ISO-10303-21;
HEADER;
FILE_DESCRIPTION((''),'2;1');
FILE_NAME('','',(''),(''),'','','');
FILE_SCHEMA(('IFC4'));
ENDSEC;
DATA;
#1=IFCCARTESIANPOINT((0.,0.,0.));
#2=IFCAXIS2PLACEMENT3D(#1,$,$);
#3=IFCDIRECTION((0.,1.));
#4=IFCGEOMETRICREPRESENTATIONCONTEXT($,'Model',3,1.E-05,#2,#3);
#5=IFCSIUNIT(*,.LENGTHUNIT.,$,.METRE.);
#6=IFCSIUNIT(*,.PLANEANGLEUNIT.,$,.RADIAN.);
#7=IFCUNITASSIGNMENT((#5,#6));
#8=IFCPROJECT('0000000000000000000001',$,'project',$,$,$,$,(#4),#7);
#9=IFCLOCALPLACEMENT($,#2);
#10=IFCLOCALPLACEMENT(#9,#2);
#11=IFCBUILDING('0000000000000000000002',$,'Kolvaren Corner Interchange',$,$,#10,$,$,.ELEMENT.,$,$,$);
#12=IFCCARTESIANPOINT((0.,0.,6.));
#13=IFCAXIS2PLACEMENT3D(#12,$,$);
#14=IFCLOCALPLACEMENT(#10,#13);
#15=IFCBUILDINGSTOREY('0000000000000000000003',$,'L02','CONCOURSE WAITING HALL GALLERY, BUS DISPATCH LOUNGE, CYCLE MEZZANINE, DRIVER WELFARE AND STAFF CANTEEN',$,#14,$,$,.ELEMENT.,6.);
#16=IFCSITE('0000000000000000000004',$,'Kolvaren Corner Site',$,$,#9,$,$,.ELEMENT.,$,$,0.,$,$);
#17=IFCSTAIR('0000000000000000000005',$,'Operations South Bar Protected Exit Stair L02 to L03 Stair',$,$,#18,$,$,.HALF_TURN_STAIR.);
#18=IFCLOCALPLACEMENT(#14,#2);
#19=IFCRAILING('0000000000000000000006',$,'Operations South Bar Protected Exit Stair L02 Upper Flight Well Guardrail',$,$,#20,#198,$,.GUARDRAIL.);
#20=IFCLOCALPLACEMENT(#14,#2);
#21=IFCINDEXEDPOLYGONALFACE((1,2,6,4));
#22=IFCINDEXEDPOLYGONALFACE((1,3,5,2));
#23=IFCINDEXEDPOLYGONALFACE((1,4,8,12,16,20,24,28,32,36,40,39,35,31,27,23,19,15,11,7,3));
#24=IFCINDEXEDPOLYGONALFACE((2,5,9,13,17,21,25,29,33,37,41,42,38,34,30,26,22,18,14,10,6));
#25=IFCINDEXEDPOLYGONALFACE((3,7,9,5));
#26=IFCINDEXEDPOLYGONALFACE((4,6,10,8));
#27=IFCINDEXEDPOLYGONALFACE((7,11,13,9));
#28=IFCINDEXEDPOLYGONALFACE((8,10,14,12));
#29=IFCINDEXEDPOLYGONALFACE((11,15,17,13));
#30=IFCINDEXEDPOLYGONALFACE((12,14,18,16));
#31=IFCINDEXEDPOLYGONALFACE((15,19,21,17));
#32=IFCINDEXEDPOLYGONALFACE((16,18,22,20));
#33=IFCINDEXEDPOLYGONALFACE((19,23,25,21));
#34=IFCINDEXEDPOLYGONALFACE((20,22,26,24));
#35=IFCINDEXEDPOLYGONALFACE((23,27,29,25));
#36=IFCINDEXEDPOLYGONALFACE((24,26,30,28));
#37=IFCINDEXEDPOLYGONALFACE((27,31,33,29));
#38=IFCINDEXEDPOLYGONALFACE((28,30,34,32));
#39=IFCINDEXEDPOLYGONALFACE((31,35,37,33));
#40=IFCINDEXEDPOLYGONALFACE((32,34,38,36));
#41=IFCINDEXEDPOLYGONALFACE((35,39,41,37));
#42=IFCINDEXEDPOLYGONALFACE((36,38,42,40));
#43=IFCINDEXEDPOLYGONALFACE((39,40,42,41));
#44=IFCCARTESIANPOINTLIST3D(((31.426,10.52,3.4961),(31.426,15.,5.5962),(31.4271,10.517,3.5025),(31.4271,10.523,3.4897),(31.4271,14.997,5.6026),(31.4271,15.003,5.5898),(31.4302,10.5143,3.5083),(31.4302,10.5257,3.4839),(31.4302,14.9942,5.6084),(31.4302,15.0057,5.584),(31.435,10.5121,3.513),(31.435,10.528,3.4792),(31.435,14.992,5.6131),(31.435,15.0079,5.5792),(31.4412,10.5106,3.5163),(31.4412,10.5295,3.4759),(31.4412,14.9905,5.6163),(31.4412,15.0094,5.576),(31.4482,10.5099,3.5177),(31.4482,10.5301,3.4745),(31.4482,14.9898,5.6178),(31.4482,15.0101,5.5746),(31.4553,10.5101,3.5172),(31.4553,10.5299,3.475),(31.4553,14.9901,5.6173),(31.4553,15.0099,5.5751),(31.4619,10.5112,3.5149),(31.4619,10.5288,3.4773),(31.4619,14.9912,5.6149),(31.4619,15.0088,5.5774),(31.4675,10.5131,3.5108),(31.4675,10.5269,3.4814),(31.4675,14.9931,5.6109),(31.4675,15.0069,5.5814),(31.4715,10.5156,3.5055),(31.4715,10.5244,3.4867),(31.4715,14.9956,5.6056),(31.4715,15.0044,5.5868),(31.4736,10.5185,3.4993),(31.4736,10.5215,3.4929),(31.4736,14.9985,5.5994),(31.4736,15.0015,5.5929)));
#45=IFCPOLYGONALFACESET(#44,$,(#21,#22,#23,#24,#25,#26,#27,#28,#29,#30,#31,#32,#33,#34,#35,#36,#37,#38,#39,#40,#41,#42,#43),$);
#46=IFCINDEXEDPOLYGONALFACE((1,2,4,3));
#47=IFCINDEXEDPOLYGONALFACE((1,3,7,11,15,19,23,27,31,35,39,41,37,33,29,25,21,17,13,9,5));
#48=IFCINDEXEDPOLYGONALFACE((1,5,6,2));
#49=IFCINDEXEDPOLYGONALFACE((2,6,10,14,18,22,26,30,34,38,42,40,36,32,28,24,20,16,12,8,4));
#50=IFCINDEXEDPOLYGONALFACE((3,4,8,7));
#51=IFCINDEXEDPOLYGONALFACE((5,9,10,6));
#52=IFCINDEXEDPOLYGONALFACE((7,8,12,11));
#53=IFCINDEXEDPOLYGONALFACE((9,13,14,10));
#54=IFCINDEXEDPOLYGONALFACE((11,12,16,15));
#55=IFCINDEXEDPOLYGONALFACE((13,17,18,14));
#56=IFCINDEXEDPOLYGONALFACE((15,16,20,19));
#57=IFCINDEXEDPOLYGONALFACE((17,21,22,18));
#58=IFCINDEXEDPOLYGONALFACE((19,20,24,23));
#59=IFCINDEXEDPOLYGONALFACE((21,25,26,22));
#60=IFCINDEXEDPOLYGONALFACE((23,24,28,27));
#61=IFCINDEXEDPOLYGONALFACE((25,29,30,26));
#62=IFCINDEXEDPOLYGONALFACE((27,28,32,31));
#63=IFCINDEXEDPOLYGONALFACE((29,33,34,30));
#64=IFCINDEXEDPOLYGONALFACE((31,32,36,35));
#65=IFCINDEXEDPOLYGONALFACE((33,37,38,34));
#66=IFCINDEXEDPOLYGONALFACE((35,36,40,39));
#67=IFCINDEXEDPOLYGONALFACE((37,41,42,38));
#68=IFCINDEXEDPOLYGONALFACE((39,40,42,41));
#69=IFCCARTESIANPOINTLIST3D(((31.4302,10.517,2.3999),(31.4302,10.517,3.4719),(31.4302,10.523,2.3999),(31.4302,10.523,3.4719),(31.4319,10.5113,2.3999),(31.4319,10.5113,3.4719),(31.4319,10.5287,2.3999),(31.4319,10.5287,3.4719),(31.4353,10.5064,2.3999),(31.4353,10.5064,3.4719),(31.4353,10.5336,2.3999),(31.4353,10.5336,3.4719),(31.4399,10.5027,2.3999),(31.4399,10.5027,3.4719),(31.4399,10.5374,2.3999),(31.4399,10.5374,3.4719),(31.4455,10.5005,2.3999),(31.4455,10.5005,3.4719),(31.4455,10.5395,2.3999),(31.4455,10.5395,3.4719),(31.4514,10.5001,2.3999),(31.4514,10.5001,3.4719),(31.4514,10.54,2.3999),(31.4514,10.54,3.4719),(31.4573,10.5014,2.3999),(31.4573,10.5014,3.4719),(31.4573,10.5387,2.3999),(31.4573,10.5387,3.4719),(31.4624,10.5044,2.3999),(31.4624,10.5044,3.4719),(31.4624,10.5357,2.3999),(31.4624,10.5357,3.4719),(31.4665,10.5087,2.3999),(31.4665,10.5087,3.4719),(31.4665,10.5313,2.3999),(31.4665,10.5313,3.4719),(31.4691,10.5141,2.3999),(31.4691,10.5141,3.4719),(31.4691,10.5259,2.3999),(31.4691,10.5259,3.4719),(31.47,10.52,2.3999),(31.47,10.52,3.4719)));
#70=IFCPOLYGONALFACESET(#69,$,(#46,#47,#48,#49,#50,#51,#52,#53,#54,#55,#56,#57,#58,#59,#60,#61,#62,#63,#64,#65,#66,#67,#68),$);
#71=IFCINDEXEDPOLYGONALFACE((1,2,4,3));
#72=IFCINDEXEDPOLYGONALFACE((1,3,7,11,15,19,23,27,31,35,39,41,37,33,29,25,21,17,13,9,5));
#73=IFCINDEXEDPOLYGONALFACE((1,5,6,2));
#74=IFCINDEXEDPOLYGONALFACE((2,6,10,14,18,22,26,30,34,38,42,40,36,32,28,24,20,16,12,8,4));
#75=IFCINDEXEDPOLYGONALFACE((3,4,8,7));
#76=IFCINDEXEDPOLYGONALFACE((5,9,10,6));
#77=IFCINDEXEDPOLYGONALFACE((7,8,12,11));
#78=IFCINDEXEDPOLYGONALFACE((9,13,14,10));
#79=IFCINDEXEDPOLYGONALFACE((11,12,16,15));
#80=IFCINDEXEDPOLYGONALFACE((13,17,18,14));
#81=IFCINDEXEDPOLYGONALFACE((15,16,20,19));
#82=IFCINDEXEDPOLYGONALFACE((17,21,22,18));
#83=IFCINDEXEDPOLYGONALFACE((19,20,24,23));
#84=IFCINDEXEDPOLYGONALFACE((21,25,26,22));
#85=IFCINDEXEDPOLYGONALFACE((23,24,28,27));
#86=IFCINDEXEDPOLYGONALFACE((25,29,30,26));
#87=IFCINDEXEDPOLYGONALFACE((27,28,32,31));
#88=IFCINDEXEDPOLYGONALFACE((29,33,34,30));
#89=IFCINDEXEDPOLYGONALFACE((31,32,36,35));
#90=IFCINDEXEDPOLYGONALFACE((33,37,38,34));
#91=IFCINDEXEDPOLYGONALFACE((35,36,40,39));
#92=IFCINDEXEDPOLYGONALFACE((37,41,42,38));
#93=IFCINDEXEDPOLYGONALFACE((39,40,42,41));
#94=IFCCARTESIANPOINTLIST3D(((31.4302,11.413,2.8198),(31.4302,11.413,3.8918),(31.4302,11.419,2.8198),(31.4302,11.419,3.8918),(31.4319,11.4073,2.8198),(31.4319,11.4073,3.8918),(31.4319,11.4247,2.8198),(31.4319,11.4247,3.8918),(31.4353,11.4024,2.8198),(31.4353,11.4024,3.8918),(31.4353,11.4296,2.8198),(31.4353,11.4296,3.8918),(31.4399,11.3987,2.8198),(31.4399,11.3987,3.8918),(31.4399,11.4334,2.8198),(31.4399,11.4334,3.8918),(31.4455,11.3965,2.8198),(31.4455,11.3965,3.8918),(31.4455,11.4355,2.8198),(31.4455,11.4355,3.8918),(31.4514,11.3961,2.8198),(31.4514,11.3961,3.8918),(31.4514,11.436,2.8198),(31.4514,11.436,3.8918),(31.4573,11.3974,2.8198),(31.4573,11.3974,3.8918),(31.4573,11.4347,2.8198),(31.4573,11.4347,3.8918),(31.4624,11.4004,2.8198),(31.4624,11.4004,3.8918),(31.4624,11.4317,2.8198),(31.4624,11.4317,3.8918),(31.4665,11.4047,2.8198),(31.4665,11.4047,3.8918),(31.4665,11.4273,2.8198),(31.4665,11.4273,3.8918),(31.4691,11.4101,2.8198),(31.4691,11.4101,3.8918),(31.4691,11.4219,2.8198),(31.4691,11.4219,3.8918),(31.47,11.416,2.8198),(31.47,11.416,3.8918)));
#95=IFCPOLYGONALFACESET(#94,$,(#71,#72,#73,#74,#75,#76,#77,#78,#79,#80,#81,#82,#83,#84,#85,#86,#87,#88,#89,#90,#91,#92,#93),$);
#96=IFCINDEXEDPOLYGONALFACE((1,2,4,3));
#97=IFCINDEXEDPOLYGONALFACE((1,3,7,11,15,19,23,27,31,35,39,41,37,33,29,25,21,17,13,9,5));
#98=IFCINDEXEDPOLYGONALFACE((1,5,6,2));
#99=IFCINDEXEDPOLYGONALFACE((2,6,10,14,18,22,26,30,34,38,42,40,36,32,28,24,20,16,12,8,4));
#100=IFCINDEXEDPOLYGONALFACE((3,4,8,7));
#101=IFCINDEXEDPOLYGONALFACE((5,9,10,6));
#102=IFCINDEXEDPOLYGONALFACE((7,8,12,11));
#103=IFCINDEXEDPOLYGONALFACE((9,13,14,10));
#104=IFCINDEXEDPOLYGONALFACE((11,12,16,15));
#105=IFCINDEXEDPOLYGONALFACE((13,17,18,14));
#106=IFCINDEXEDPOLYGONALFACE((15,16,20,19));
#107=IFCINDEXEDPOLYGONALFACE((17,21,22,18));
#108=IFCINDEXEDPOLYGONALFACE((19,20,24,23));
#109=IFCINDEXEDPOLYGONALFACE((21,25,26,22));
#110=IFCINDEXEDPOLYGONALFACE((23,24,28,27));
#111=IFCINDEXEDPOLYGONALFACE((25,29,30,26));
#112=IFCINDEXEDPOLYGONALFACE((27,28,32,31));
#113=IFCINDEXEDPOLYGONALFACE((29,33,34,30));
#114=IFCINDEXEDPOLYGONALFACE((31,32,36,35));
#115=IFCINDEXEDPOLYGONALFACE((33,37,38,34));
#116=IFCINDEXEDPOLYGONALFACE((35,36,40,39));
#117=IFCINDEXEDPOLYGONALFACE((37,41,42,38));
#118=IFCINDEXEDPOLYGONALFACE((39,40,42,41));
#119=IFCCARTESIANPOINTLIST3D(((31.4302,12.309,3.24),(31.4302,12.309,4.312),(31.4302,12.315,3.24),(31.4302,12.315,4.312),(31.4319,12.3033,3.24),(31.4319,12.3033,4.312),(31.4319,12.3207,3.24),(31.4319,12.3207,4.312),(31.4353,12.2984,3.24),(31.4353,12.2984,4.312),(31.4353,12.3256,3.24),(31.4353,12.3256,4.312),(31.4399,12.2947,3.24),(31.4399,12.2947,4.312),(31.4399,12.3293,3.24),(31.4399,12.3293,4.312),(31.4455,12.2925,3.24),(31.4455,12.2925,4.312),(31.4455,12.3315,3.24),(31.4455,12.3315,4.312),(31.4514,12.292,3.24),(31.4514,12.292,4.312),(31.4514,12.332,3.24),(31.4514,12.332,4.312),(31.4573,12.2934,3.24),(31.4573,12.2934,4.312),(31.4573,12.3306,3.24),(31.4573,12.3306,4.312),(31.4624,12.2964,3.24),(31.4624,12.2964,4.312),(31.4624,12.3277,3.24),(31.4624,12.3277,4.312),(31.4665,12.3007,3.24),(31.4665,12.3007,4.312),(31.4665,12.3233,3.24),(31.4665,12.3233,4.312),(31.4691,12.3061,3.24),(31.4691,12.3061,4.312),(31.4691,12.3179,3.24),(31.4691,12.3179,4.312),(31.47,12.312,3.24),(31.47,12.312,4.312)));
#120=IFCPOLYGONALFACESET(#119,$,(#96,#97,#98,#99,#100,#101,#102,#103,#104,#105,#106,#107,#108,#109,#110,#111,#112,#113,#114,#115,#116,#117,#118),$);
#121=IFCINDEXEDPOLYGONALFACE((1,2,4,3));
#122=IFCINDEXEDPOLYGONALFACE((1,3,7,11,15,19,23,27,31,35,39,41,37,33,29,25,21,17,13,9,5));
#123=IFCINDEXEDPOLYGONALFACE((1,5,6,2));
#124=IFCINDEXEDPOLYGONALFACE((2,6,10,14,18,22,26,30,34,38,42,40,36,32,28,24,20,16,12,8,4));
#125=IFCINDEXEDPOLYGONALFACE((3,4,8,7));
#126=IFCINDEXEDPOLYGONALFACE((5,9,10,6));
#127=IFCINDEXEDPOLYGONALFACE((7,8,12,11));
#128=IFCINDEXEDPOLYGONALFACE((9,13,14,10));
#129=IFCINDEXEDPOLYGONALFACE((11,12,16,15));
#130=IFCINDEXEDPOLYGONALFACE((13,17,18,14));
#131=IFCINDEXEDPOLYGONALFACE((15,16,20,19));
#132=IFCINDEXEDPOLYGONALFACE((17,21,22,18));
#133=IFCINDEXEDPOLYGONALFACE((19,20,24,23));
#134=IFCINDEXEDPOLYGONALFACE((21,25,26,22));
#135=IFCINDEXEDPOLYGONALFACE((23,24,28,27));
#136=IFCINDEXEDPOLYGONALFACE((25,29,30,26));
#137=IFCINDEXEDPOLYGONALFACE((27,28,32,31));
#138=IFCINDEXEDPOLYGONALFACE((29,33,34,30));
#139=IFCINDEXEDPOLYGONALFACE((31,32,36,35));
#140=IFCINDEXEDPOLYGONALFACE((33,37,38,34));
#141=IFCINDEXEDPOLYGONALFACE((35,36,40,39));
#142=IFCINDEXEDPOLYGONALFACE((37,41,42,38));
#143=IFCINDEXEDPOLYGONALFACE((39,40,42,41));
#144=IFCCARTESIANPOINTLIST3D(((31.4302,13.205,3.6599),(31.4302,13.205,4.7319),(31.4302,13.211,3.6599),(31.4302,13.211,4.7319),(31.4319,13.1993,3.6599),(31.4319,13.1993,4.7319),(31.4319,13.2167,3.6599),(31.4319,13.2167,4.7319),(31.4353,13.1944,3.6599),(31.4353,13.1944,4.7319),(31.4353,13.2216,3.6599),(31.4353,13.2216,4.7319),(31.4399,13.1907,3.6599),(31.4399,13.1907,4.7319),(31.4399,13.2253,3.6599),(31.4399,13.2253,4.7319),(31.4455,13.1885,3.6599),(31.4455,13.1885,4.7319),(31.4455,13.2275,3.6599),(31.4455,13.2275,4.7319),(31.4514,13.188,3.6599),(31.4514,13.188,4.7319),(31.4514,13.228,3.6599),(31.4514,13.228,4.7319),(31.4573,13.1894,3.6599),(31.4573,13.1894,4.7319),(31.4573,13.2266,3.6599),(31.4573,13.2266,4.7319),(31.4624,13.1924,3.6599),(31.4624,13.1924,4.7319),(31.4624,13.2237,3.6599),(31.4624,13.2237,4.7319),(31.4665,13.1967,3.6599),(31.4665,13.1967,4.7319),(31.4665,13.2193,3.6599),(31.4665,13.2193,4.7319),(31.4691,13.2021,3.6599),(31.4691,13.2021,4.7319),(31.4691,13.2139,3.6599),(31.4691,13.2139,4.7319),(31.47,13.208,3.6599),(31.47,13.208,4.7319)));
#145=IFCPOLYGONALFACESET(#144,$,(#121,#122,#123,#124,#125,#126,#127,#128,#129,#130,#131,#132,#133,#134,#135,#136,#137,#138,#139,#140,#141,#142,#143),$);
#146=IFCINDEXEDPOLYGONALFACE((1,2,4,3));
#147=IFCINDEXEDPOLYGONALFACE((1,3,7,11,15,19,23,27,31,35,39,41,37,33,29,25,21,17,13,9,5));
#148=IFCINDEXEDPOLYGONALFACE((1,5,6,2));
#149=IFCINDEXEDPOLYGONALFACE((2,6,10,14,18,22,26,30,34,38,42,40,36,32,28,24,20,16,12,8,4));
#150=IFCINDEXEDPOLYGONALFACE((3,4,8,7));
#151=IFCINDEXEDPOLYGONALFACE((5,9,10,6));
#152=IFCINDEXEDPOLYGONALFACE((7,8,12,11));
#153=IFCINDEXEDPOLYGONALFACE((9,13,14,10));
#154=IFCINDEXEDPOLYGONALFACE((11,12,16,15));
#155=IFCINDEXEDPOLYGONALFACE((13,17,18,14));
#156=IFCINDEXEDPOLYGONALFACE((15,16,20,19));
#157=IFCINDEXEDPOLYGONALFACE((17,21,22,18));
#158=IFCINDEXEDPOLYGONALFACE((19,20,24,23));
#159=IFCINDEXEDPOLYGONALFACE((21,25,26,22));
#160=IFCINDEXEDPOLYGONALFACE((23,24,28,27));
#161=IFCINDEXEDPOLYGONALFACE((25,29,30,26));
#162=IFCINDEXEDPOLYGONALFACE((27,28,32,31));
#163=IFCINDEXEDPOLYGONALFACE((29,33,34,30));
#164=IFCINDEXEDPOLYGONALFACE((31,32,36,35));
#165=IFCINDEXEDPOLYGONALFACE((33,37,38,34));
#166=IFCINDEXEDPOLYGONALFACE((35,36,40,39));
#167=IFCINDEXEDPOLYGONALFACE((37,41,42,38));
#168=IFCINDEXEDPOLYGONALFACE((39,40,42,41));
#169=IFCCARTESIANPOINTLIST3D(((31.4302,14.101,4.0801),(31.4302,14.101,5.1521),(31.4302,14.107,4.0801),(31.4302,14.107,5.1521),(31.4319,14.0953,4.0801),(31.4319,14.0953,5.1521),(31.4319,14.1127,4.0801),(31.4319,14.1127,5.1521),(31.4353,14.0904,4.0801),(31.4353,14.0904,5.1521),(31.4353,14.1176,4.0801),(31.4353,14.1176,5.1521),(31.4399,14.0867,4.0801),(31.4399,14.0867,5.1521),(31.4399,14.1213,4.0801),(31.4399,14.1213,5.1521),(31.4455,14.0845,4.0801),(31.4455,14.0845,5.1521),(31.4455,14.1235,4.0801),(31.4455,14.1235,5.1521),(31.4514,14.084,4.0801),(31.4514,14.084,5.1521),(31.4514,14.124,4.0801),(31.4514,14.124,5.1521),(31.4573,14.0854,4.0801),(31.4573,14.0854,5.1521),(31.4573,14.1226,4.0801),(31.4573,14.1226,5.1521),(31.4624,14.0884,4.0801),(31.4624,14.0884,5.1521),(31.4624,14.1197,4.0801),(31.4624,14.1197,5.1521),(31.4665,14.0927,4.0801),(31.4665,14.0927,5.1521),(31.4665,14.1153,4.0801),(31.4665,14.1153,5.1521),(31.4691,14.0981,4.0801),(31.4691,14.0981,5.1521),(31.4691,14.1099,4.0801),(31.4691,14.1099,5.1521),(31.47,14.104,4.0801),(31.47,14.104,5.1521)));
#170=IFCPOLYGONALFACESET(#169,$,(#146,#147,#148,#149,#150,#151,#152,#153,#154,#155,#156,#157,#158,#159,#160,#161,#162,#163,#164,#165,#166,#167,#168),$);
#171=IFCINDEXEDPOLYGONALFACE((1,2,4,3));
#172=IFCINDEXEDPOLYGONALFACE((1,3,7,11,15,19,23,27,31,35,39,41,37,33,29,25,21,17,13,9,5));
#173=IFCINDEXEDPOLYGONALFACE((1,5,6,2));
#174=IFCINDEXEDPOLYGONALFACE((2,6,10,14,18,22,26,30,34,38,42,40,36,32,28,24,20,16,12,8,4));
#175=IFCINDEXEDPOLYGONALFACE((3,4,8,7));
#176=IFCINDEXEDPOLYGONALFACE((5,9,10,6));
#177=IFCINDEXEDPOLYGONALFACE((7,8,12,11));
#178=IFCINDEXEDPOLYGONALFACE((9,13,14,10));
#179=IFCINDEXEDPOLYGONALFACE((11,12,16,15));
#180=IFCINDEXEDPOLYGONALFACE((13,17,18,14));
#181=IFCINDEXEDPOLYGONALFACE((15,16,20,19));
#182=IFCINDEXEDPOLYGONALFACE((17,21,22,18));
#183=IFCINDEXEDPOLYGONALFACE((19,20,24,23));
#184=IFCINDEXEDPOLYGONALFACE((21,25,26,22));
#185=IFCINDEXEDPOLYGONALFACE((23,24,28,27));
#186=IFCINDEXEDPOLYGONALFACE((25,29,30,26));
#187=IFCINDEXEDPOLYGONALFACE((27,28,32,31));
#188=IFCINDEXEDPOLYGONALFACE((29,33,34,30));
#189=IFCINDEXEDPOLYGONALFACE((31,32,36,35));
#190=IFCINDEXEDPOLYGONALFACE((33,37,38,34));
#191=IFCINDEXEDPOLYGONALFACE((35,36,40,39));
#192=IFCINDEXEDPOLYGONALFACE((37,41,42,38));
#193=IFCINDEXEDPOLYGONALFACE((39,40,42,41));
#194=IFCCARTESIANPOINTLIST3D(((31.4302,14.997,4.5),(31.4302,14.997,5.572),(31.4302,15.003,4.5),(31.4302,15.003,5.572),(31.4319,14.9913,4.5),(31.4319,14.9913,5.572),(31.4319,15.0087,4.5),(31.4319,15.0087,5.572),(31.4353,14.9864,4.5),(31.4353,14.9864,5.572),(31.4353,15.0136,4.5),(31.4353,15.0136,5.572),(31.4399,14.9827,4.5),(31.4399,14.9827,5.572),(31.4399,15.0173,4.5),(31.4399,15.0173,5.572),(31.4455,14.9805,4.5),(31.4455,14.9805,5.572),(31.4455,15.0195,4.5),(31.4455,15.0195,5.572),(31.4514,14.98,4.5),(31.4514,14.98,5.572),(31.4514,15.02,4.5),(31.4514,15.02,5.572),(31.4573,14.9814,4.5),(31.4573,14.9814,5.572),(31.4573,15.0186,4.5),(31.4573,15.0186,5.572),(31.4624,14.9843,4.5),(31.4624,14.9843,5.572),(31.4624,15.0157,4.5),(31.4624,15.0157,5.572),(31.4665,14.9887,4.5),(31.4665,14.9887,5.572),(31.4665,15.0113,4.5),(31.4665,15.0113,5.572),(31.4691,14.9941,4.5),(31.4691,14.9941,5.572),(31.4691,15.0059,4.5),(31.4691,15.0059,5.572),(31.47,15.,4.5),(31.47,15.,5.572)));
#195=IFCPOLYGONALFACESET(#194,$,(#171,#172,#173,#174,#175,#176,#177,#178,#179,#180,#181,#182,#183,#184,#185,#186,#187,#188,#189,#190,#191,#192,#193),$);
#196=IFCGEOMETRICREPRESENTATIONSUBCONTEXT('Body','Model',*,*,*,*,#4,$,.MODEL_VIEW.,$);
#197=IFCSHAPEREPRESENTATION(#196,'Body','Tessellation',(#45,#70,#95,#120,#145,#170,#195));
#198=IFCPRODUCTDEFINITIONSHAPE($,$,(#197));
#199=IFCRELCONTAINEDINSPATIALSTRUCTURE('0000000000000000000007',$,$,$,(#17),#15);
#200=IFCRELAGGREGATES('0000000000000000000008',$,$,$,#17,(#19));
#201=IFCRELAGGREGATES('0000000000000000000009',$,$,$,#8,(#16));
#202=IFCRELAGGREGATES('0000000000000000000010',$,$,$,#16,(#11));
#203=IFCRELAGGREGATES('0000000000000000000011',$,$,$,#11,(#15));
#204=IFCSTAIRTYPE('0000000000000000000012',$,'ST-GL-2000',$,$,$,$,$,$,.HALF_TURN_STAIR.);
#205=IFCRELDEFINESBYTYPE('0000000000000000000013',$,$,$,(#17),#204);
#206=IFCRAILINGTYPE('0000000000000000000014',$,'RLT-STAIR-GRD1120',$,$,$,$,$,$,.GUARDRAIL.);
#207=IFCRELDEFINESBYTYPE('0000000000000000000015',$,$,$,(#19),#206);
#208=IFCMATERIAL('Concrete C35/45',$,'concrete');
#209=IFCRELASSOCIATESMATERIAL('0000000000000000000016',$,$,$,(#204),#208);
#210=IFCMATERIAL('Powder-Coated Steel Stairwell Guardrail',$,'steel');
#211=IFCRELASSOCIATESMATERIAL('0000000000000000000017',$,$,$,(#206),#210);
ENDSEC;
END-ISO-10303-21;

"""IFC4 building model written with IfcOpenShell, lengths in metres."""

from ifc_helpers import new_model, si_unit, direction, frame, origin, origin_2d, place, context, subcontext, project, spatial, circle, extrude, material, type_object, element, aggregate, save


model = new_model("IFC4")

# Units and contexts
model_context = context("Model", 3, precision=1e-05, world=origin(), true_north=direction((0.0, 1.0)))
body_context = subcontext(model_context, "Body", "Model", "MODEL_VIEW")
ifc_project = project(units=[si_unit("LENGTHUNIT", "METRE"), si_unit("PLANEANGLEUNIT", "RADIAN")], contexts=[model_context])

# Site, building, storey
site_placement = place(None, origin())
site = spatial("IfcSite", under=ifc_project, at=site_placement, Name="Kolvaren Corner Site", CompositionType="ELEMENT", RefElevation=0.0)
building_placement = place(site_placement, origin())
building = spatial("IfcBuilding", under=site, at=building_placement, Name="Kolvaren Corner Interchange", CompositionType="ELEMENT")
storey_placement = place(building_placement, frame((0.0, 0.0, 6.0)))
storey = spatial("IfcBuildingStorey", under=building, at=storey_placement, Name="L02", Description="CONCOURSE WAITING HALL GALLERY, BUS DISPATCH LOUNGE, CYCLE MEZZANINE, DRIVER WELFARE AND STAFF CANTEEN", CompositionType="ELEMENT", Elevation=6.0)

# Stair, railing
ifc_material_1 = material(Name="Concrete C35/45", Category="concrete")
stair_type = type_object("IfcStairType", Name="ST-GL-2000", PredefinedType="HALF_TURN_STAIR", material=ifc_material_1)
stair_placement = place(storey_placement, origin())
stair = element("IfcStair", 1, at=stair_placement, inside=storey, type_object=stair_type, Name="Operations South Bar Protected Exit Stair L02 to L03 Stair", PredefinedType="HALF_TURN_STAIR")
ifc_material_2 = material(Name="Powder-Coated Steel Stairwell Guardrail", Category="steel")
railing_type_1 = type_object("IfcRailingType", Name="RLT-STAIR-GRD1120", PredefinedType="GUARDRAIL", material=ifc_material_2)
railing_1_placement = place(storey_placement, frame((31.45, 10.52, 2.3999)))
railing_1 = element("IfcRailing", 2, at=railing_1_placement, type_object=railing_type_1, Name="Operations South Bar Protected Exit Stair L02 Upper Flight Well Guardrail", PredefinedType="GUARDRAIL", context=body_context, shape_type="SweptSolid", body=[
    extrude(circle(Radius=0.0239, at=origin_2d()), frame((0.0, 0.0, 1.0962), z_axis=(0.0, 0.905451, 0.424452), x_axis=(-1.0, 0.0, 0.0)), (0.0, 0.0, 1.0), 4.9478),
    extrude(circle(Radius=0.02, at=origin_2d()), origin(), (0.0, 0.0, 1.0), 1.072),
    extrude(circle(Radius=0.02, at=origin_2d()), frame((0.0, 0.896, 0.4199)), (0.0, 0.0, 1.0), 1.072),
    extrude(circle(Radius=0.02, at=origin_2d()), frame((0.0, 1.792, 0.8401)), (0.0, 0.0, 1.0), 1.072),
    extrude(circle(Radius=0.02, at=origin_2d()), frame((0.0, 2.688, 1.26)), (0.0, 0.0, 1.0), 1.072),
    extrude(circle(Radius=0.02, at=origin_2d()), frame((0.0, 3.584, 1.6802)), (0.0, 0.0, 1.0), 1.072),
    extrude(circle(Radius=0.02, at=origin_2d()), frame((0.0, 4.48, 2.1001)), (0.0, 0.0, 1.0), 1.072),
])
aggregate(stair, [railing_1])

save(model, "model.ifc")
